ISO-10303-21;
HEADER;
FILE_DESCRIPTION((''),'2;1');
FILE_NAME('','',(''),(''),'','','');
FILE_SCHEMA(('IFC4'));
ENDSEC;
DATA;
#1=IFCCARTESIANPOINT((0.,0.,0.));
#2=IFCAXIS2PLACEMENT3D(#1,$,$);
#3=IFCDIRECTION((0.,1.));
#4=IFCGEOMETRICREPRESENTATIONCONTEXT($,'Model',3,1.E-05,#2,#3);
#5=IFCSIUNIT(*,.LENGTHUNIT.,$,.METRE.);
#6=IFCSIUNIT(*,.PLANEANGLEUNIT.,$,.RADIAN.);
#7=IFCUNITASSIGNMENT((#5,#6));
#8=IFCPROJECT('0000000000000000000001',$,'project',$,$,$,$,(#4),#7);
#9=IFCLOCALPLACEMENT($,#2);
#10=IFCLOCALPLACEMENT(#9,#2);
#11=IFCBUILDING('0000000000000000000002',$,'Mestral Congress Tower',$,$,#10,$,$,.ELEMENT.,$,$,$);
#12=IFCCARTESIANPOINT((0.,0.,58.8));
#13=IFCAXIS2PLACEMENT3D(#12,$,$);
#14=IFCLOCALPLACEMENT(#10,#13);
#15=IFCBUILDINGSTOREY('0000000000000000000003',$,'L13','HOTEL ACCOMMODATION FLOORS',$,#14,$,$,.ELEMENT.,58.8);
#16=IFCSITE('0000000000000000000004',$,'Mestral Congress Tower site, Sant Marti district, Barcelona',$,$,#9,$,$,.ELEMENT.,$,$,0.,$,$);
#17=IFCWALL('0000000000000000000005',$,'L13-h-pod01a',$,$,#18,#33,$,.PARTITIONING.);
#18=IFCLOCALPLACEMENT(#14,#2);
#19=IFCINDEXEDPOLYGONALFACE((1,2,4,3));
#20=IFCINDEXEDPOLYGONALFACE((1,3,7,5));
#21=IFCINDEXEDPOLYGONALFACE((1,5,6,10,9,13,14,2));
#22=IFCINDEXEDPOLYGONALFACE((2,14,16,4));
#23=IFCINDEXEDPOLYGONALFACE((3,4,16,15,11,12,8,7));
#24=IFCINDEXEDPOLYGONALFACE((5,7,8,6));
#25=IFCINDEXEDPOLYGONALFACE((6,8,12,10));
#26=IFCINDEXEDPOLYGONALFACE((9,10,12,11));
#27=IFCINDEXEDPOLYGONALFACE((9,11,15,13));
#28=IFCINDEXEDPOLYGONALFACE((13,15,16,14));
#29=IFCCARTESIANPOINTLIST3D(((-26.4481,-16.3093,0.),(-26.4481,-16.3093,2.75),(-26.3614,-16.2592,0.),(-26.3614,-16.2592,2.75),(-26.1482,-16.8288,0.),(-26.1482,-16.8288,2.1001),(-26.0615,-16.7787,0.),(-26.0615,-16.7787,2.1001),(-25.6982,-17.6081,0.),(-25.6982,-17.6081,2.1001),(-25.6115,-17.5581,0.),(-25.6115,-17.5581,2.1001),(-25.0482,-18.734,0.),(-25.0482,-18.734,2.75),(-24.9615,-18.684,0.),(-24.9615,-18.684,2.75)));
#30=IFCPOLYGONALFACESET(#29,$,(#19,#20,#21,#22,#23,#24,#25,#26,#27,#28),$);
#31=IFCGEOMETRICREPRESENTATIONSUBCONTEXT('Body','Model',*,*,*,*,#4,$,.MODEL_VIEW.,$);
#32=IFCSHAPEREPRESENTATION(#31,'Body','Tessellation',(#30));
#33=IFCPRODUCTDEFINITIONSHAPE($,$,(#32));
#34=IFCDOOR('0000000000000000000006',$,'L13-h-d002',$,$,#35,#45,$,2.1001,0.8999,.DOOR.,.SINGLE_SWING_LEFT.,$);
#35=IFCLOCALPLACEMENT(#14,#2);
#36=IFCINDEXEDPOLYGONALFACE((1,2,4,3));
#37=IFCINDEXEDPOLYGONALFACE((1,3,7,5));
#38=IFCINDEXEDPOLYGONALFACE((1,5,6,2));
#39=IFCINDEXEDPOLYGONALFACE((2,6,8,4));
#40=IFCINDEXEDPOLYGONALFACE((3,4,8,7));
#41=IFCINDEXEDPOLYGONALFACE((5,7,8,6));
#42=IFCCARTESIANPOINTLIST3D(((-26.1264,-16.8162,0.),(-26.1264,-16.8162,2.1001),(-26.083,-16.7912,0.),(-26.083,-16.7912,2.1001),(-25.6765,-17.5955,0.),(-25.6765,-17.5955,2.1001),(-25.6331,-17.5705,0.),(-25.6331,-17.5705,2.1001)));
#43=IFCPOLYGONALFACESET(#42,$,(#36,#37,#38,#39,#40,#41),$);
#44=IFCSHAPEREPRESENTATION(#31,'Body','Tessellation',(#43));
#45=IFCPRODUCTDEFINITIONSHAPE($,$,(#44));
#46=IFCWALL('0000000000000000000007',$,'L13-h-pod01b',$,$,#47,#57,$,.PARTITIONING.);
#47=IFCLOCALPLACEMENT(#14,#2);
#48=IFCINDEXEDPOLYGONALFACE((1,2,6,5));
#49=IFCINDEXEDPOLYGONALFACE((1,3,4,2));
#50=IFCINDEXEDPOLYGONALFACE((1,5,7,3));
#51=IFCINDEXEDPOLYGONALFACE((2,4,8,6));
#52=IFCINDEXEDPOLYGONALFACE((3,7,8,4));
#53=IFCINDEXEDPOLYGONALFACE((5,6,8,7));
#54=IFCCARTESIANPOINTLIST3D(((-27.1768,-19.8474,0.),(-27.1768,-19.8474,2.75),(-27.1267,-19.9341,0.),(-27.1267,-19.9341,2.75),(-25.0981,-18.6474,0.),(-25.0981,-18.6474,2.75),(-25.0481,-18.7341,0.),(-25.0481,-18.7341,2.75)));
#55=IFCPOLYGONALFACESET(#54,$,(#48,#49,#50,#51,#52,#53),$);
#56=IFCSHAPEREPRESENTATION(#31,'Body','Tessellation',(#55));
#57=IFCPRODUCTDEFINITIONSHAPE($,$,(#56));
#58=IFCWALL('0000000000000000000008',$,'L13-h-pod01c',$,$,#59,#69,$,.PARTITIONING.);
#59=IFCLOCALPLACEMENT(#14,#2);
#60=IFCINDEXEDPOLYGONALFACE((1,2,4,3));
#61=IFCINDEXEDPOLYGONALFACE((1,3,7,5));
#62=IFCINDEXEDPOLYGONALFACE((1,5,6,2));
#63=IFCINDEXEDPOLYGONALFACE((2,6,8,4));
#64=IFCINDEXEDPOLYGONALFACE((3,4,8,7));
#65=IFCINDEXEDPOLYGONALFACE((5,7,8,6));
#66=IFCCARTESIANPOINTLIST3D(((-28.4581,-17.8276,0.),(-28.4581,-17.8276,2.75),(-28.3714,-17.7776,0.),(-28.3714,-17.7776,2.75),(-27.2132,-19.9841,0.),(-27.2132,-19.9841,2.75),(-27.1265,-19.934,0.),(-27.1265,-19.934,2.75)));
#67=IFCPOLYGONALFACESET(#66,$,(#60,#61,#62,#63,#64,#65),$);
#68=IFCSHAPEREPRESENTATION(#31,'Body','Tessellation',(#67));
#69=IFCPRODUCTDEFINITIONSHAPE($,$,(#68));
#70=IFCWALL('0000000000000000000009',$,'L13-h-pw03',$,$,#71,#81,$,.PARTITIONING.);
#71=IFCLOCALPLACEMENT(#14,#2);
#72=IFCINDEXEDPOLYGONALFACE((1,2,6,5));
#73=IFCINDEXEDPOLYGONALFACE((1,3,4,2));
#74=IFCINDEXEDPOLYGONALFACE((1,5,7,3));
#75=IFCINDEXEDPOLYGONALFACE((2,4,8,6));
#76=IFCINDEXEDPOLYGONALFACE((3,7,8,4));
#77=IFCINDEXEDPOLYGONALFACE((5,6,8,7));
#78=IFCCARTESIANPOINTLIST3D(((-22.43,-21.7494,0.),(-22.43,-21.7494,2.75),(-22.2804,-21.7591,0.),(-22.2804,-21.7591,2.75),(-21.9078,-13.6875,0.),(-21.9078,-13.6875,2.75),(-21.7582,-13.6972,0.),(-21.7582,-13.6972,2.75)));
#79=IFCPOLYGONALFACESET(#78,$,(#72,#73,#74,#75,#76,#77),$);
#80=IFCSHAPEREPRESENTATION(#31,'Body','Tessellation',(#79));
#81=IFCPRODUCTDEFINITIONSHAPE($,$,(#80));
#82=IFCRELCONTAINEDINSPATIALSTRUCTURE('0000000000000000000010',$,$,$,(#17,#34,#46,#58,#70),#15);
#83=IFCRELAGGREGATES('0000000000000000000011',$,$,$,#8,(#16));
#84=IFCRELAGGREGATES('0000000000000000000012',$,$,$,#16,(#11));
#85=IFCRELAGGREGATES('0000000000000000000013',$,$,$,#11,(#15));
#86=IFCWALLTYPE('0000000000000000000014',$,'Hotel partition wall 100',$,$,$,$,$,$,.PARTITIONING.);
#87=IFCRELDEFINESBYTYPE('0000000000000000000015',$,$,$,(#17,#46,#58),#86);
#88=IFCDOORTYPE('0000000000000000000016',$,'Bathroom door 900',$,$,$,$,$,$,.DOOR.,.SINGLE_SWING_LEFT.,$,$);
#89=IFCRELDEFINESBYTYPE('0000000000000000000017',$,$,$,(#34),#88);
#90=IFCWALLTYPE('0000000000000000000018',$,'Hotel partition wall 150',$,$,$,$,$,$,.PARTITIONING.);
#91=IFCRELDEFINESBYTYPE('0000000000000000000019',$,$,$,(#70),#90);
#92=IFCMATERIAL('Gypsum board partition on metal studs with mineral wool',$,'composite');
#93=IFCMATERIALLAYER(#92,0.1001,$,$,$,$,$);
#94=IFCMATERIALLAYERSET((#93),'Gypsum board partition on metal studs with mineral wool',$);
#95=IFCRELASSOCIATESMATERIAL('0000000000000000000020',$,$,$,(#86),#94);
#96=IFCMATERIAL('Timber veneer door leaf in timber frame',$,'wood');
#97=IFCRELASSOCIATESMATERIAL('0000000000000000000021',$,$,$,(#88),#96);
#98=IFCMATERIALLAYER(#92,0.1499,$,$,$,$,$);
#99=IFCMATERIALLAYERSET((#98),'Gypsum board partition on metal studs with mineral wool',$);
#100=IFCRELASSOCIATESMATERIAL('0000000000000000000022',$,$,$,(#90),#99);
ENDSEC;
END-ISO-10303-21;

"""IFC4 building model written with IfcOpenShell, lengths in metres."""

from ifc_helpers import new_model, si_unit, direction, frame, frame_2d, origin, place, context, subcontext, project, spatial, rectangle, extrude, material, layer, layer_set, type_object, element, fill, save


model = new_model("IFC4")

# Units and contexts
model_context = context("Model", 3, precision=1e-05, world=origin(), true_north=direction((0.0, 1.0)))
body_context = subcontext(model_context, "Body", "Model", "MODEL_VIEW")
ifc_project = project(units=[si_unit("LENGTHUNIT", "METRE"), si_unit("PLANEANGLEUNIT", "RADIAN")], contexts=[model_context])

# Site, building, storey
site_placement = place(None, origin())
site = spatial("IfcSite", under=ifc_project, at=site_placement, Name="Mestral Congress Tower site, Sant Marti district, Barcelona", CompositionType="ELEMENT", RefElevation=0.0)
building_placement = place(site_placement, origin())
building = spatial("IfcBuilding", under=site, at=building_placement, Name="Mestral Congress Tower", CompositionType="ELEMENT")
storey_placement = place(building_placement, frame((0.0, 0.0, 58.8)))
storey = spatial("IfcBuildingStorey", under=building, at=storey_placement, Name="L13", Description="HOTEL ACCOMMODATION FLOORS", CompositionType="ELEMENT", Elevation=58.8)

# Wall, opening, door
ifc_material_1 = material(Name="Gypsum board partition on metal studs with mineral wool", Category="composite")
ifc_layer_1 = layer(ifc_material_1, 0.1001)
ifc_layer_set_1 = layer_set([ifc_layer_1], Name="Gypsum board partition on metal studs with mineral wool")
wall_type_1 = type_object("IfcWallType", Name="Hotel partition wall 100", PredefinedType="PARTITIONING", material=ifc_layer_set_1)
wall_1_placement = place(storey_placement, frame((-25.0049, -18.709, 0.0), z_axis=(0.0, 0.0, 1.0), x_axis=(-0.499984, 0.866035, 0.0)))
wall_1 = element("IfcWall", 1, at=wall_1_placement, inside=storey, type_object=wall_type_1, Name="L13-h-pod01a", PredefinedType="PARTITIONING", context=body_context, shape_type="SweptSolid", body=[
    extrude(rectangle(XDim=2.7998, YDim=0.1001, at=frame_2d((1.3999, 0.0))), origin(), (0.0, 0.0, 1.0), 2.75),
])
opening_1_placement = place(wall_1_placement, frame((1.3, 0.0, 0.0)))
opening_1 = element("IfcOpeningElement", 2, at=opening_1_placement, cuts=wall_1, PredefinedType="OPENING", context=body_context, shape_type="SweptSolid", body=[
    extrude(rectangle(XDim=0.8999, YDim=2.1001, at=frame_2d((0.45, 1.05))), frame((0.0, 0.0601, 0.0), z_axis=(0.0, -1.0, 0.0), x_axis=(1.0, 0.0, 0.0)), (0.0, 0.0, 1.0), 0.1201),
])
ifc_material_2 = material(Name="Timber veneer door leaf in timber frame", Category="wood")
door_type = type_object("IfcDoorType", Name="Bathroom door 900", OperationType="SINGLE_SWING_LEFT", PredefinedType="DOOR", material=ifc_material_2)
door_placement = place(opening_1_placement, origin())
door = element("IfcDoor", 3, at=door_placement, inside=storey, type_object=door_type, Name="L13-h-d002", OperationType="SINGLE_SWING_LEFT", OverallHeight=2.1001, OverallWidth=0.8999, PredefinedType="DOOR", context=body_context, shape_type="SweptSolid", body=[
    extrude(rectangle(XDim=0.8999, YDim=2.1001, at=frame_2d((0.45, 1.05))), frame((0.0, 0.0249, 0.0), z_axis=(0.0, -1.0, 0.0), x_axis=(1.0, 0.0, 0.0)), (0.0, 0.0, 1.0), 0.05),
])
fill(opening_1, door)

# Walls
wall_2_placement = place(storey_placement, frame((-25.073, -18.6907, 0.0), z_axis=(0.0, 0.0, 1.0), x_axis=(-0.86605, -0.499957, 0.0)))
element("IfcWall", 4, at=wall_2_placement, inside=storey, type_object=wall_type_1, Name="L13-h-pod01b", PredefinedType="PARTITIONING", context=body_context, shape_type="SweptSolid", body=[
    extrude(rectangle(XDim=2.4001, YDim=0.1001, at=frame_2d((1.2002, 0.0))), origin(), (0.0, 0.0, 1.0), 2.75),
])
wall_3_placement = place(storey_placement, frame((-28.4148, -17.8025, 0.0), z_axis=(0.0, 0.0, 1.0), x_axis=(0.499946, -0.866057, 0.0)))
element("IfcWall", 5, at=wall_3_placement, inside=storey, type_object=wall_type_1, Name="L13-h-pod01c", PredefinedType="PARTITIONING", context=body_context, shape_type="SweptSolid", body=[
    extrude(rectangle(XDim=2.49, YDim=0.1001, at=frame_2d((1.2451, 0.0))), origin(), (0.0, 0.0, 1.0), 2.75),
])
ifc_layer_2 = layer(ifc_material_1, 0.1499)
ifc_layer_set_2 = layer_set([ifc_layer_2], Name="Gypsum board partition on metal studs with mineral wool")
wall_type_2 = type_object("IfcWallType", Name="Hotel partition wall 150", PredefinedType="PARTITIONING", material=ifc_layer_set_2)
wall_4_placement = place(storey_placement, frame((-22.3552, -21.7544, 0.0), z_axis=(0.0, 0.0, 1.0), x_axis=(0.06464, 0.997909, 0.0)))
element("IfcWall", 6, at=wall_4_placement, inside=storey, type_object=wall_type_2, Name="L13-h-pw03", PredefinedType="PARTITIONING", context=body_context, shape_type="SweptSolid", body=[
    extrude(rectangle(XDim=8.0789, YDim=0.1499, at=frame_2d((4.0396, 0.0))), origin(), (0.0, 0.0, 1.0), 2.75),
])

save(model, "model.ifc")
